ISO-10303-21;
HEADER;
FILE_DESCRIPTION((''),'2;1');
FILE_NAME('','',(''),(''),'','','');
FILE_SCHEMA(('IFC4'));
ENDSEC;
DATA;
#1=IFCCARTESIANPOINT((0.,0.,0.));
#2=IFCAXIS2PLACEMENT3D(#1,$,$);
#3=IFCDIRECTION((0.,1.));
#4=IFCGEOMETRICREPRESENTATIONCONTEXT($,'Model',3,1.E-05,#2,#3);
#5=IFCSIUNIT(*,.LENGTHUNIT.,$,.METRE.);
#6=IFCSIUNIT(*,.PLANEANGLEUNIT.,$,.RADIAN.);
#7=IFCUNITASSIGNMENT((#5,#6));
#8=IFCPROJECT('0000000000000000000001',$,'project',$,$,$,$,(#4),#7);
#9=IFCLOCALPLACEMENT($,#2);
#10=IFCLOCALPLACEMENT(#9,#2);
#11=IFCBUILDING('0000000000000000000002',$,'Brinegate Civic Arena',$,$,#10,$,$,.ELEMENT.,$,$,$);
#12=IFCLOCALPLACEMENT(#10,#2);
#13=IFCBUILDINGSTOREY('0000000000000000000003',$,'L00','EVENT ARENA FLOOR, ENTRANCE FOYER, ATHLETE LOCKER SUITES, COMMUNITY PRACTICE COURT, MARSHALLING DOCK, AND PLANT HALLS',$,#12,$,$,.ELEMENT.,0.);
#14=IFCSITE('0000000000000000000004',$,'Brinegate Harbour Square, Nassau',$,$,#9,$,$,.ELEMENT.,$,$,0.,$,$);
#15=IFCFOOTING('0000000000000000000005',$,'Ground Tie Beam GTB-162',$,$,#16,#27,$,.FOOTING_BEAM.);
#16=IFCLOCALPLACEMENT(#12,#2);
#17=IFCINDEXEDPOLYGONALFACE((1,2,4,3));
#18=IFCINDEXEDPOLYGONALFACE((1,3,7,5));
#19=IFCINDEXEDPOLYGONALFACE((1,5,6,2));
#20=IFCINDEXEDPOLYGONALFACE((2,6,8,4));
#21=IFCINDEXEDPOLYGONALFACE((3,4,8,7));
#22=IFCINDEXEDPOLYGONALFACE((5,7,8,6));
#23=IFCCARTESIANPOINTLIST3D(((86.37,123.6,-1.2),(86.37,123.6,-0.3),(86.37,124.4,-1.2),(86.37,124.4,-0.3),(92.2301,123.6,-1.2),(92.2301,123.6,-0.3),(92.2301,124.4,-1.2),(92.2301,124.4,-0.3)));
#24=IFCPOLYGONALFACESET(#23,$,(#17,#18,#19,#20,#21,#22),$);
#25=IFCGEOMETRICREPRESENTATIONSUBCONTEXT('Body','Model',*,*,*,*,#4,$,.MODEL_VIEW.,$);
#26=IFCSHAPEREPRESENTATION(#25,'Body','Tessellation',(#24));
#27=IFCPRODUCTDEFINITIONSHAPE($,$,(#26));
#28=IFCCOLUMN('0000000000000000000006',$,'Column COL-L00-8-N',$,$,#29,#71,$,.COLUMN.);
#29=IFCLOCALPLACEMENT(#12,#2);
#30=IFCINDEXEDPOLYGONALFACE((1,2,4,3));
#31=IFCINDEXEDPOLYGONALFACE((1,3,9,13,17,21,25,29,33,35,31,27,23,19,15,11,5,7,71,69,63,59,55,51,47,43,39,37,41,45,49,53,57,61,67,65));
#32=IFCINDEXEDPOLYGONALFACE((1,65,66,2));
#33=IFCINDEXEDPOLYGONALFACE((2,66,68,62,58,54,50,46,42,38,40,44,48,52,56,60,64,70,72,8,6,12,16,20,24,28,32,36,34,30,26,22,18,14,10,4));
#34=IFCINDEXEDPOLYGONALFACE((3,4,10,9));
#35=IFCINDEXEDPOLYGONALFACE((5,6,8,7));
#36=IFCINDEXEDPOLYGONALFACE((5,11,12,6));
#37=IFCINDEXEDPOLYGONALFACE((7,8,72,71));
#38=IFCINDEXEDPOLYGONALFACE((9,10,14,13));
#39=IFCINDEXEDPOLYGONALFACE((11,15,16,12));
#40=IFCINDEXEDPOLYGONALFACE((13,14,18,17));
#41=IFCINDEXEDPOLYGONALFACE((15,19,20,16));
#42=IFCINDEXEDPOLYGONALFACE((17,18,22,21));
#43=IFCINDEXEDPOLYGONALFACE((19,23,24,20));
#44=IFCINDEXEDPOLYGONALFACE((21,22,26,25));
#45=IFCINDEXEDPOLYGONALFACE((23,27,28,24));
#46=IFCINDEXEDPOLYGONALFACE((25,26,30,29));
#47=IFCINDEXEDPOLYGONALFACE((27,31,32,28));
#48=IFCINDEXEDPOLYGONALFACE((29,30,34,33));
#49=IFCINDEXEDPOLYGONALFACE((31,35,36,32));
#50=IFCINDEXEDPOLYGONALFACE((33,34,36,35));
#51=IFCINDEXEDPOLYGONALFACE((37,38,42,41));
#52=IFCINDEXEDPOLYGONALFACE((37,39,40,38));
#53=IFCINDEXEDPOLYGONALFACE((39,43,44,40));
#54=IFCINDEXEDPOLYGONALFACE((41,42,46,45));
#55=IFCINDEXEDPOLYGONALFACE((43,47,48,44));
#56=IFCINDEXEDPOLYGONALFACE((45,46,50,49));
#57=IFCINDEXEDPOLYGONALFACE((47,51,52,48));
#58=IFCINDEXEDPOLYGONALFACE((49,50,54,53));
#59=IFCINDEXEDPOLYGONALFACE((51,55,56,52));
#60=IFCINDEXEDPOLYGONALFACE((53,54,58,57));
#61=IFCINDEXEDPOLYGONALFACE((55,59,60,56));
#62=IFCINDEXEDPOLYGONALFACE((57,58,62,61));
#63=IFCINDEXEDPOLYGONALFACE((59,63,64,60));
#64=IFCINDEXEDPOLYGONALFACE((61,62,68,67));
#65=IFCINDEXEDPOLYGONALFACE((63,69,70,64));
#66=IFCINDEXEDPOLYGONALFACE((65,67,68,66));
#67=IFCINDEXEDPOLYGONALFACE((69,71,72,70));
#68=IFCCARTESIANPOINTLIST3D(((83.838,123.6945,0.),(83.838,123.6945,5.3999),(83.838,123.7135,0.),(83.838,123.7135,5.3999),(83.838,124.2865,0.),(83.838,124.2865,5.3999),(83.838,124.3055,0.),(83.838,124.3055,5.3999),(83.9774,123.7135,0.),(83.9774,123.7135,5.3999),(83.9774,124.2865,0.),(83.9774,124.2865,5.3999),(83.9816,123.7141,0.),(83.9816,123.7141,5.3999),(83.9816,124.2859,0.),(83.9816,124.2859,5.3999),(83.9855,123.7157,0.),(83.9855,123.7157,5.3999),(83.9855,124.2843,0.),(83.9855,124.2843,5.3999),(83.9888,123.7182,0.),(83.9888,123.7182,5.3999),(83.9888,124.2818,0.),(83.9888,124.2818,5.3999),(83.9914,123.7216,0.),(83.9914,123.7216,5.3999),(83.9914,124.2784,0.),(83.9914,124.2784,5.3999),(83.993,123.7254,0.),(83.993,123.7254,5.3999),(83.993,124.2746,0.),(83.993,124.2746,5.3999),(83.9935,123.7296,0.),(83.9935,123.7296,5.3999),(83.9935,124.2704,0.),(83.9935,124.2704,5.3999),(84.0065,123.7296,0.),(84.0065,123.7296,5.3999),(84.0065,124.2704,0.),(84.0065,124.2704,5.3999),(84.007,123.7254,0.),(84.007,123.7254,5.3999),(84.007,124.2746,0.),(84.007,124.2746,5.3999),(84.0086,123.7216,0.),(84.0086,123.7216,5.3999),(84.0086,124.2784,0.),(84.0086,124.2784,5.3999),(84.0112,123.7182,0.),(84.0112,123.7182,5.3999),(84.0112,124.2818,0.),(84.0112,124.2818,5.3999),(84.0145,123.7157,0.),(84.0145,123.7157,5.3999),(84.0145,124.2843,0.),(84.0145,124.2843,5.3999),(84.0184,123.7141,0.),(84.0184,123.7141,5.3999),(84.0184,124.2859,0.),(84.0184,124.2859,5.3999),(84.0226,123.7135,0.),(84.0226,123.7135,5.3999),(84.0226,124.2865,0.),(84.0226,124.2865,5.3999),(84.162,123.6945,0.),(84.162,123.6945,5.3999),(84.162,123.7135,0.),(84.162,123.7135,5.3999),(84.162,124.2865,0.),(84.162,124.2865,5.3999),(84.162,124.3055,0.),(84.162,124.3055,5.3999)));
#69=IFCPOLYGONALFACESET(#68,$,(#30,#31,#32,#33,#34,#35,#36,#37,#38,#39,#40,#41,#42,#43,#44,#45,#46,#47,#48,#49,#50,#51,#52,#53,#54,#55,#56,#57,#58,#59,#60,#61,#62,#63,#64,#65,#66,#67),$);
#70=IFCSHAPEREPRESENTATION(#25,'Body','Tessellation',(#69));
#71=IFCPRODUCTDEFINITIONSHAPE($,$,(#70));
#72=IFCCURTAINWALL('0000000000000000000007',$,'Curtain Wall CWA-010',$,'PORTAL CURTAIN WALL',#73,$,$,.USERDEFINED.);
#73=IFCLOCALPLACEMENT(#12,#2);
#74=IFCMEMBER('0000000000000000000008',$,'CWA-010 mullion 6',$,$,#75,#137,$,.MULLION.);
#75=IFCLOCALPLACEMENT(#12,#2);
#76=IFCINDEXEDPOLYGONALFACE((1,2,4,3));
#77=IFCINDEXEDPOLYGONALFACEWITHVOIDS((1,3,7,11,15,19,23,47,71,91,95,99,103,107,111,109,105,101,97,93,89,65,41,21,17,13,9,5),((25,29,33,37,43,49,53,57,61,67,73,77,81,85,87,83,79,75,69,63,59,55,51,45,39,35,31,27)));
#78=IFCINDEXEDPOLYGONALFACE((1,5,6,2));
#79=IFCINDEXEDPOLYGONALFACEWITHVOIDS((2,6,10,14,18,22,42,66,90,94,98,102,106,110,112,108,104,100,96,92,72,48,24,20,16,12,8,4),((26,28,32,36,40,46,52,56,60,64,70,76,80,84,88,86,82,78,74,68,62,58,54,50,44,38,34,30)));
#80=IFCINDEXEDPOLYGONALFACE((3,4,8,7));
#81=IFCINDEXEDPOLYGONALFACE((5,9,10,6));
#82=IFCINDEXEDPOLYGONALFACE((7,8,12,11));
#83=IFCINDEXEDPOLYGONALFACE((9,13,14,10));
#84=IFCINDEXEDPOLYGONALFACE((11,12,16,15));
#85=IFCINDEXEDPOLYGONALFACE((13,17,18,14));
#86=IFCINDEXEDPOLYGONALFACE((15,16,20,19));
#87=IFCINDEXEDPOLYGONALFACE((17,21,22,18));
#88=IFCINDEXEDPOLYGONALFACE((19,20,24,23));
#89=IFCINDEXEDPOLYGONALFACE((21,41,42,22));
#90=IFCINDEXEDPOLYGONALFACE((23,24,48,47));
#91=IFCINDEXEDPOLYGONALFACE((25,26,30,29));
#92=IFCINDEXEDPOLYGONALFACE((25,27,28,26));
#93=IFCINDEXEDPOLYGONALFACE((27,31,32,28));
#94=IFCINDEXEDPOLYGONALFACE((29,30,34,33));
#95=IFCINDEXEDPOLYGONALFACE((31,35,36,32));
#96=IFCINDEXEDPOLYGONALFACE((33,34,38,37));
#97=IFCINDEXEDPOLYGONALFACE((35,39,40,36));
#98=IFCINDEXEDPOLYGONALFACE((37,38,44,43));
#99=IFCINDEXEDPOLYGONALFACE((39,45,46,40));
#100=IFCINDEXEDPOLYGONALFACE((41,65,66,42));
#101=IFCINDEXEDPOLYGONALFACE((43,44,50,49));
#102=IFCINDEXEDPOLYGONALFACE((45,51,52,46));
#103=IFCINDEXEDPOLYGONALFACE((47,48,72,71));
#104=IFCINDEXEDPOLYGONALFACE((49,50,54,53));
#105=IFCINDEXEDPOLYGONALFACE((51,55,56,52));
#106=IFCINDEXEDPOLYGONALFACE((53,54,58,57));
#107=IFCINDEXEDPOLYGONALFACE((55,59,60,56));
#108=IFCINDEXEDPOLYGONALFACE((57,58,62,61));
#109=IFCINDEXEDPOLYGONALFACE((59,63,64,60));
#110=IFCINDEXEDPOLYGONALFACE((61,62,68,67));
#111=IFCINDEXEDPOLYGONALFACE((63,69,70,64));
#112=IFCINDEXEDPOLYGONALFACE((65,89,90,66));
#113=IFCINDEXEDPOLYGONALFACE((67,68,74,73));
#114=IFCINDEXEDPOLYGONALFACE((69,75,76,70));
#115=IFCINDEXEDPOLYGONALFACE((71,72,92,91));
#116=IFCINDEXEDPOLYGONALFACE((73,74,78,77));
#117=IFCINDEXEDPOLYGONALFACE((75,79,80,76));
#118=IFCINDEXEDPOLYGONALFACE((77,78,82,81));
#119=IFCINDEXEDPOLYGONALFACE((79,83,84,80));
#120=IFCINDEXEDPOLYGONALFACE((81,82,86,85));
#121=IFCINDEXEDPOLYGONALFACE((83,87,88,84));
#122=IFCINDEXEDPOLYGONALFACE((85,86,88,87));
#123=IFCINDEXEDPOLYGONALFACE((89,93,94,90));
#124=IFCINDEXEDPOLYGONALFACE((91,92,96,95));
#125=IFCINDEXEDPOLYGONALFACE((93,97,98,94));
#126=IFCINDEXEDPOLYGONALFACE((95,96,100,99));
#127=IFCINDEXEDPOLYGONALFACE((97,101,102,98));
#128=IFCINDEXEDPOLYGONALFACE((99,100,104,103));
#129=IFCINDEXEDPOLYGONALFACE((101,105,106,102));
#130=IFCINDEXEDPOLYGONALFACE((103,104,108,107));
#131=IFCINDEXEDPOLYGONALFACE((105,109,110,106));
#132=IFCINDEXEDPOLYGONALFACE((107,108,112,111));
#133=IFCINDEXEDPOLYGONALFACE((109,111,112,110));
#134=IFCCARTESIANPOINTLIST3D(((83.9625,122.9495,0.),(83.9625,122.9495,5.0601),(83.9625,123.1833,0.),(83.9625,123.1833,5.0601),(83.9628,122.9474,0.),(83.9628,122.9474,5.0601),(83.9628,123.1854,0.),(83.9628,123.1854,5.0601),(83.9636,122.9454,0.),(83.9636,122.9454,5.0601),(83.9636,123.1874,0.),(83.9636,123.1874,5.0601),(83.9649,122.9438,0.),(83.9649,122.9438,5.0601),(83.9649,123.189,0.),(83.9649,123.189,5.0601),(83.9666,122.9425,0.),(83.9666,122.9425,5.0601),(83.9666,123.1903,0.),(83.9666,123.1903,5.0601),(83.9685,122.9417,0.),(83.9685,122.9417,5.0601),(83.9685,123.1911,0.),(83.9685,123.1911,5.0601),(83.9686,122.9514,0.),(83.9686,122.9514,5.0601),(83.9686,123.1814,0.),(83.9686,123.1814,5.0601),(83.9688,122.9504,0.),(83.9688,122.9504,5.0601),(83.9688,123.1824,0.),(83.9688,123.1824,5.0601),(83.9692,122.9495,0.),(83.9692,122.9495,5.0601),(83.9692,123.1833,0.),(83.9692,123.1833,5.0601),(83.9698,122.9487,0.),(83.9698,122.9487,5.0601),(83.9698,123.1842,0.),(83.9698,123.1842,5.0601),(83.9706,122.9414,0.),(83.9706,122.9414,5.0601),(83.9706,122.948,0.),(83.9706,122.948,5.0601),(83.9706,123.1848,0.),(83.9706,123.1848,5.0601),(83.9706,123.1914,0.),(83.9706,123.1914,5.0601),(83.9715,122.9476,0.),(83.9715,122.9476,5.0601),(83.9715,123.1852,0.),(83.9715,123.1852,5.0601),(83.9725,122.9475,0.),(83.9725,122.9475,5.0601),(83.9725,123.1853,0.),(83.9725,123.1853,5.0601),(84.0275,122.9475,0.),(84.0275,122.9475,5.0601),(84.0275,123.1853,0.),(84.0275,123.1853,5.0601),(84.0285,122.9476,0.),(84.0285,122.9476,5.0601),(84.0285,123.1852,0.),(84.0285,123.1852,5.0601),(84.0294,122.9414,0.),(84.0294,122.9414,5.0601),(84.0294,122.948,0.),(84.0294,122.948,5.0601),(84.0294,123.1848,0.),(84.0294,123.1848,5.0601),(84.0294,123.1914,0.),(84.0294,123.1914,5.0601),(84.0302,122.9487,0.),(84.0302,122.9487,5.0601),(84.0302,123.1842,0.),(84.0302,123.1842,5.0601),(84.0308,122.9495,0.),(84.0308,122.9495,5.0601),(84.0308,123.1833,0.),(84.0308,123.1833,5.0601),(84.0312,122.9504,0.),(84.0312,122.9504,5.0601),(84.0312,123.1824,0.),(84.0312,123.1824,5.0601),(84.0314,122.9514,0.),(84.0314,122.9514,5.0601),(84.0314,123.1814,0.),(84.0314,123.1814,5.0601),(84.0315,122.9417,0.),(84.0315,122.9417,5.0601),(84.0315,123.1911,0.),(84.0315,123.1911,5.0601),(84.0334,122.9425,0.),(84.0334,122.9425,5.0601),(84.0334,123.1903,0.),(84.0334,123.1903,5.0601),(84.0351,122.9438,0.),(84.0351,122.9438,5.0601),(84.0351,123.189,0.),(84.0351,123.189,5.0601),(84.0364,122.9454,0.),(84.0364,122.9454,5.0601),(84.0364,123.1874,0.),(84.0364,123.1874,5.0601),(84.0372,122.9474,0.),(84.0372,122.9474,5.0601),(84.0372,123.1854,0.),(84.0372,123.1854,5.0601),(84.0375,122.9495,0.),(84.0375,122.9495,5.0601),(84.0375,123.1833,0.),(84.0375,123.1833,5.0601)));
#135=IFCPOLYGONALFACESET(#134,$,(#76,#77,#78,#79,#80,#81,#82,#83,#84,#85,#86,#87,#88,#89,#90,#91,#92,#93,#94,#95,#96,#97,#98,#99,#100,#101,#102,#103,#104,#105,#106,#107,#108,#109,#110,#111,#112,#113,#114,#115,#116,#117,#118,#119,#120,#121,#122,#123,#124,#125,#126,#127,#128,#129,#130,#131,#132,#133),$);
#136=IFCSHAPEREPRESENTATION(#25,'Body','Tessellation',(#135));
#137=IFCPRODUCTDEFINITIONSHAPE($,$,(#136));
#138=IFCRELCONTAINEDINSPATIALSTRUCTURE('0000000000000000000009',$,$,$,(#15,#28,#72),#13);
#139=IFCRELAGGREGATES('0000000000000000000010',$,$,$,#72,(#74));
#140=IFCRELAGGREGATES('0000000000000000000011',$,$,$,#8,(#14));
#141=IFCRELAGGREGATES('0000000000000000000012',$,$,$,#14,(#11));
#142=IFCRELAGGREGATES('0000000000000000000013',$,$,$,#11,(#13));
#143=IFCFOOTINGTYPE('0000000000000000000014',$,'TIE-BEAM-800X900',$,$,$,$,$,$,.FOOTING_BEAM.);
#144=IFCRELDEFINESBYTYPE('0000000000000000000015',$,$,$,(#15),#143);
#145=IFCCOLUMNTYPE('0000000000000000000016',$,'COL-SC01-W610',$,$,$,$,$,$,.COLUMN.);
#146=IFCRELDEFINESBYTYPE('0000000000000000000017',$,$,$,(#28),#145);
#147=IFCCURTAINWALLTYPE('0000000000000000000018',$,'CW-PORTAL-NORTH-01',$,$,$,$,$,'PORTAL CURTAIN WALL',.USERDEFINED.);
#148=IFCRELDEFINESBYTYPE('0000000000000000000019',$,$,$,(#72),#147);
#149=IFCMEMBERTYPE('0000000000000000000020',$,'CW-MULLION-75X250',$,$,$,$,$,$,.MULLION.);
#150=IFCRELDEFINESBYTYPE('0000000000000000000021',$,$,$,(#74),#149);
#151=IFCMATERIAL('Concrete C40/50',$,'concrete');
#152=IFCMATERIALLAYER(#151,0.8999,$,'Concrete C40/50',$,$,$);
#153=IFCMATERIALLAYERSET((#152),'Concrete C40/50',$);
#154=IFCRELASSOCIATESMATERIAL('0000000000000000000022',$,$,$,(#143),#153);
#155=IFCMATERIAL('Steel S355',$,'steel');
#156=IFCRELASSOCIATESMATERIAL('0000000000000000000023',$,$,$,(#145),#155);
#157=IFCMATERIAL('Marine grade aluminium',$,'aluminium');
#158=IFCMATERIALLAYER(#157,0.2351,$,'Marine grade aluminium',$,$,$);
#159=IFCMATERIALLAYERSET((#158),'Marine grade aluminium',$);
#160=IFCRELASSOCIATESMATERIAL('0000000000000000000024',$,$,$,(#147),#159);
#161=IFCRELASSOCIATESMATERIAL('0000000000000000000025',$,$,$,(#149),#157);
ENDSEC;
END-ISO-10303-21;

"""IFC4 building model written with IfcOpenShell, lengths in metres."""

from ifc_helpers import new_model, si_unit, direction, frame, origin, origin_2d, place, context, subcontext, project, spatial, rectangle, hollow_rectangle, i_section, extrude, material, layer, layer_set, material_profile, profile_set, type_object, element, aggregate, save


model = new_model("IFC4")

# Units and contexts
model_context = context("Model", 3, precision=1e-05, world=origin(), true_north=direction((0.0, 1.0)))
body_context = subcontext(model_context, "Body", "Model", "MODEL_VIEW")
ifc_project = project(units=[si_unit("LENGTHUNIT", "METRE"), si_unit("PLANEANGLEUNIT", "RADIAN")], contexts=[model_context])

# Site, building, storey
site_placement = place(None, origin())
site = spatial("IfcSite", under=ifc_project, at=site_placement, Name="Brinegate Harbour Square, Nassau", CompositionType="ELEMENT", RefElevation=0.0)
building_placement = place(site_placement, origin())
building = spatial("IfcBuilding", under=site, at=building_placement, Name="Brinegate Civic Arena", CompositionType="ELEMENT")
storey_placement = place(building_placement, origin())
storey = spatial("IfcBuildingStorey", under=building, at=storey_placement, Name="L00", Description="EVENT ARENA FLOOR, ENTRANCE FOYER, ATHLETE LOCKER SUITES, COMMUNITY PRACTICE COURT, MARSHALLING DOCK, AND PLANT HALLS", CompositionType="ELEMENT", Elevation=0.0)

# Shared definitions
ifc_material_1 = material(Name="Concrete C40/50", Category="concrete")

# Footing
ifc_layer_1 = layer(ifc_material_1, 0.8999, Name="Concrete C40/50")
ifc_layer_set_1 = layer_set([ifc_layer_1], Name="Concrete C40/50")
footing_type_1 = type_object("IfcFootingType", Name="TIE-BEAM-800X900", PredefinedType="FOOTING_BEAM", material=ifc_layer_set_1)
footing_1_placement = place(storey_placement, frame((89.3, 124.0, -1.2), z_axis=(0.0, 0.0, 1.0), x_axis=(1.0, 0.0, 0.0)))
element("IfcFooting", 1, at=footing_1_placement, inside=storey, type_object=footing_type_1, Name="Ground Tie Beam GTB-162", PredefinedType="FOOTING_BEAM", context=body_context, shape_type="SweptSolid", body=[
    extrude(rectangle(XDim=5.8601, YDim=0.8, at=origin_2d()), origin(), (0.0, 0.0, 1.0), 0.8999),
])

# Column
ifc_material_2 = material(Name="Steel S355", Category="steel")
ifc_material_profile_1 = material_profile(ifc_material_2, i_section(OverallWidth=0.324, OverallDepth=0.6111, WebThickness=0.0129, FlangeThickness=0.019, FilletRadius=0.0161, at=origin_2d()), Name="W610X155")
ifc_profile_set_1 = profile_set([ifc_material_profile_1], Name="Steel S355")
column_type = type_object("IfcColumnType", Name="COL-SC01-W610", PredefinedType="COLUMN", material=ifc_profile_set_1)
column_placement = place(storey_placement, frame((84.0, 124.0, 0.0), z_axis=(0.0, 0.0, 1.0), x_axis=(1.0, 0.0, 0.0)))
element("IfcColumn", 2, at=column_placement, inside=storey, type_object=column_type, Name="Column COL-L00-8-N", PredefinedType="COLUMN", context=body_context, shape_type="SweptSolid", body=[
    extrude(i_section(OverallWidth=0.324, OverallDepth=0.6111, WebThickness=0.0129, FlangeThickness=0.019, FilletRadius=0.0161, at=origin_2d()), origin(), (0.0, 0.0, 1.0), 5.3999),
])

# Curtain wall, member
ifc_material_3 = material(Name="Marine grade aluminium", Category="aluminium")
ifc_layer_2 = layer(ifc_material_3, 0.2351, Name="Marine grade aluminium")
ifc_layer_set_2 = layer_set([ifc_layer_2], Name="Marine grade aluminium")
curtain_wall_type = type_object("IfcCurtainWallType", Name="CW-PORTAL-NORTH-01", ElementType="PORTAL CURTAIN WALL", PredefinedType="USERDEFINED", material=ifc_layer_set_2)
curtain_wall_placement = place(storey_placement, origin())
curtain_wall = element("IfcCurtainWall", 3, at=curtain_wall_placement, inside=storey, type_object=curtain_wall_type, Name="Curtain Wall CWA-010", ObjectType="PORTAL CURTAIN WALL", PredefinedType="USERDEFINED")
ifc_material_profile_2 = material_profile(ifc_material_3, hollow_rectangle(XDim=0.075, YDim=0.25, WallThickness=0.0061, InnerFilletRadius=0.0039, OuterFilletRadius=0.0081, at=origin_2d()), Name="MUL75X250")
ifc_profile_set_2 = profile_set([ifc_material_profile_2], Name="Marine grade aluminium")
member_type_1 = type_object("IfcMemberType", Name="CW-MULLION-75X250", PredefinedType="MULLION", material=ifc_profile_set_2)
member_1_placement = place(storey_placement, frame((84.0, 123.0664, 0.0), z_axis=(0.0, 0.0, 1.0), x_axis=(-1.0, 0.0, 0.0)))
member_1 = element("IfcMember", 4, at=member_1_placement, type_object=member_type_1, Name="CWA-010 mullion 6", PredefinedType="MULLION", context=body_context, shape_type="SweptSolid", body=[
    extrude(hollow_rectangle(XDim=0.075, YDim=0.25, WallThickness=0.0061, InnerFilletRadius=0.0039, OuterFilletRadius=0.0081, at=origin_2d()), origin(), (0.0, 0.0, 1.0), 5.0601),
])
aggregate(curtain_wall, [member_1])

save(model, "model.ifc")
